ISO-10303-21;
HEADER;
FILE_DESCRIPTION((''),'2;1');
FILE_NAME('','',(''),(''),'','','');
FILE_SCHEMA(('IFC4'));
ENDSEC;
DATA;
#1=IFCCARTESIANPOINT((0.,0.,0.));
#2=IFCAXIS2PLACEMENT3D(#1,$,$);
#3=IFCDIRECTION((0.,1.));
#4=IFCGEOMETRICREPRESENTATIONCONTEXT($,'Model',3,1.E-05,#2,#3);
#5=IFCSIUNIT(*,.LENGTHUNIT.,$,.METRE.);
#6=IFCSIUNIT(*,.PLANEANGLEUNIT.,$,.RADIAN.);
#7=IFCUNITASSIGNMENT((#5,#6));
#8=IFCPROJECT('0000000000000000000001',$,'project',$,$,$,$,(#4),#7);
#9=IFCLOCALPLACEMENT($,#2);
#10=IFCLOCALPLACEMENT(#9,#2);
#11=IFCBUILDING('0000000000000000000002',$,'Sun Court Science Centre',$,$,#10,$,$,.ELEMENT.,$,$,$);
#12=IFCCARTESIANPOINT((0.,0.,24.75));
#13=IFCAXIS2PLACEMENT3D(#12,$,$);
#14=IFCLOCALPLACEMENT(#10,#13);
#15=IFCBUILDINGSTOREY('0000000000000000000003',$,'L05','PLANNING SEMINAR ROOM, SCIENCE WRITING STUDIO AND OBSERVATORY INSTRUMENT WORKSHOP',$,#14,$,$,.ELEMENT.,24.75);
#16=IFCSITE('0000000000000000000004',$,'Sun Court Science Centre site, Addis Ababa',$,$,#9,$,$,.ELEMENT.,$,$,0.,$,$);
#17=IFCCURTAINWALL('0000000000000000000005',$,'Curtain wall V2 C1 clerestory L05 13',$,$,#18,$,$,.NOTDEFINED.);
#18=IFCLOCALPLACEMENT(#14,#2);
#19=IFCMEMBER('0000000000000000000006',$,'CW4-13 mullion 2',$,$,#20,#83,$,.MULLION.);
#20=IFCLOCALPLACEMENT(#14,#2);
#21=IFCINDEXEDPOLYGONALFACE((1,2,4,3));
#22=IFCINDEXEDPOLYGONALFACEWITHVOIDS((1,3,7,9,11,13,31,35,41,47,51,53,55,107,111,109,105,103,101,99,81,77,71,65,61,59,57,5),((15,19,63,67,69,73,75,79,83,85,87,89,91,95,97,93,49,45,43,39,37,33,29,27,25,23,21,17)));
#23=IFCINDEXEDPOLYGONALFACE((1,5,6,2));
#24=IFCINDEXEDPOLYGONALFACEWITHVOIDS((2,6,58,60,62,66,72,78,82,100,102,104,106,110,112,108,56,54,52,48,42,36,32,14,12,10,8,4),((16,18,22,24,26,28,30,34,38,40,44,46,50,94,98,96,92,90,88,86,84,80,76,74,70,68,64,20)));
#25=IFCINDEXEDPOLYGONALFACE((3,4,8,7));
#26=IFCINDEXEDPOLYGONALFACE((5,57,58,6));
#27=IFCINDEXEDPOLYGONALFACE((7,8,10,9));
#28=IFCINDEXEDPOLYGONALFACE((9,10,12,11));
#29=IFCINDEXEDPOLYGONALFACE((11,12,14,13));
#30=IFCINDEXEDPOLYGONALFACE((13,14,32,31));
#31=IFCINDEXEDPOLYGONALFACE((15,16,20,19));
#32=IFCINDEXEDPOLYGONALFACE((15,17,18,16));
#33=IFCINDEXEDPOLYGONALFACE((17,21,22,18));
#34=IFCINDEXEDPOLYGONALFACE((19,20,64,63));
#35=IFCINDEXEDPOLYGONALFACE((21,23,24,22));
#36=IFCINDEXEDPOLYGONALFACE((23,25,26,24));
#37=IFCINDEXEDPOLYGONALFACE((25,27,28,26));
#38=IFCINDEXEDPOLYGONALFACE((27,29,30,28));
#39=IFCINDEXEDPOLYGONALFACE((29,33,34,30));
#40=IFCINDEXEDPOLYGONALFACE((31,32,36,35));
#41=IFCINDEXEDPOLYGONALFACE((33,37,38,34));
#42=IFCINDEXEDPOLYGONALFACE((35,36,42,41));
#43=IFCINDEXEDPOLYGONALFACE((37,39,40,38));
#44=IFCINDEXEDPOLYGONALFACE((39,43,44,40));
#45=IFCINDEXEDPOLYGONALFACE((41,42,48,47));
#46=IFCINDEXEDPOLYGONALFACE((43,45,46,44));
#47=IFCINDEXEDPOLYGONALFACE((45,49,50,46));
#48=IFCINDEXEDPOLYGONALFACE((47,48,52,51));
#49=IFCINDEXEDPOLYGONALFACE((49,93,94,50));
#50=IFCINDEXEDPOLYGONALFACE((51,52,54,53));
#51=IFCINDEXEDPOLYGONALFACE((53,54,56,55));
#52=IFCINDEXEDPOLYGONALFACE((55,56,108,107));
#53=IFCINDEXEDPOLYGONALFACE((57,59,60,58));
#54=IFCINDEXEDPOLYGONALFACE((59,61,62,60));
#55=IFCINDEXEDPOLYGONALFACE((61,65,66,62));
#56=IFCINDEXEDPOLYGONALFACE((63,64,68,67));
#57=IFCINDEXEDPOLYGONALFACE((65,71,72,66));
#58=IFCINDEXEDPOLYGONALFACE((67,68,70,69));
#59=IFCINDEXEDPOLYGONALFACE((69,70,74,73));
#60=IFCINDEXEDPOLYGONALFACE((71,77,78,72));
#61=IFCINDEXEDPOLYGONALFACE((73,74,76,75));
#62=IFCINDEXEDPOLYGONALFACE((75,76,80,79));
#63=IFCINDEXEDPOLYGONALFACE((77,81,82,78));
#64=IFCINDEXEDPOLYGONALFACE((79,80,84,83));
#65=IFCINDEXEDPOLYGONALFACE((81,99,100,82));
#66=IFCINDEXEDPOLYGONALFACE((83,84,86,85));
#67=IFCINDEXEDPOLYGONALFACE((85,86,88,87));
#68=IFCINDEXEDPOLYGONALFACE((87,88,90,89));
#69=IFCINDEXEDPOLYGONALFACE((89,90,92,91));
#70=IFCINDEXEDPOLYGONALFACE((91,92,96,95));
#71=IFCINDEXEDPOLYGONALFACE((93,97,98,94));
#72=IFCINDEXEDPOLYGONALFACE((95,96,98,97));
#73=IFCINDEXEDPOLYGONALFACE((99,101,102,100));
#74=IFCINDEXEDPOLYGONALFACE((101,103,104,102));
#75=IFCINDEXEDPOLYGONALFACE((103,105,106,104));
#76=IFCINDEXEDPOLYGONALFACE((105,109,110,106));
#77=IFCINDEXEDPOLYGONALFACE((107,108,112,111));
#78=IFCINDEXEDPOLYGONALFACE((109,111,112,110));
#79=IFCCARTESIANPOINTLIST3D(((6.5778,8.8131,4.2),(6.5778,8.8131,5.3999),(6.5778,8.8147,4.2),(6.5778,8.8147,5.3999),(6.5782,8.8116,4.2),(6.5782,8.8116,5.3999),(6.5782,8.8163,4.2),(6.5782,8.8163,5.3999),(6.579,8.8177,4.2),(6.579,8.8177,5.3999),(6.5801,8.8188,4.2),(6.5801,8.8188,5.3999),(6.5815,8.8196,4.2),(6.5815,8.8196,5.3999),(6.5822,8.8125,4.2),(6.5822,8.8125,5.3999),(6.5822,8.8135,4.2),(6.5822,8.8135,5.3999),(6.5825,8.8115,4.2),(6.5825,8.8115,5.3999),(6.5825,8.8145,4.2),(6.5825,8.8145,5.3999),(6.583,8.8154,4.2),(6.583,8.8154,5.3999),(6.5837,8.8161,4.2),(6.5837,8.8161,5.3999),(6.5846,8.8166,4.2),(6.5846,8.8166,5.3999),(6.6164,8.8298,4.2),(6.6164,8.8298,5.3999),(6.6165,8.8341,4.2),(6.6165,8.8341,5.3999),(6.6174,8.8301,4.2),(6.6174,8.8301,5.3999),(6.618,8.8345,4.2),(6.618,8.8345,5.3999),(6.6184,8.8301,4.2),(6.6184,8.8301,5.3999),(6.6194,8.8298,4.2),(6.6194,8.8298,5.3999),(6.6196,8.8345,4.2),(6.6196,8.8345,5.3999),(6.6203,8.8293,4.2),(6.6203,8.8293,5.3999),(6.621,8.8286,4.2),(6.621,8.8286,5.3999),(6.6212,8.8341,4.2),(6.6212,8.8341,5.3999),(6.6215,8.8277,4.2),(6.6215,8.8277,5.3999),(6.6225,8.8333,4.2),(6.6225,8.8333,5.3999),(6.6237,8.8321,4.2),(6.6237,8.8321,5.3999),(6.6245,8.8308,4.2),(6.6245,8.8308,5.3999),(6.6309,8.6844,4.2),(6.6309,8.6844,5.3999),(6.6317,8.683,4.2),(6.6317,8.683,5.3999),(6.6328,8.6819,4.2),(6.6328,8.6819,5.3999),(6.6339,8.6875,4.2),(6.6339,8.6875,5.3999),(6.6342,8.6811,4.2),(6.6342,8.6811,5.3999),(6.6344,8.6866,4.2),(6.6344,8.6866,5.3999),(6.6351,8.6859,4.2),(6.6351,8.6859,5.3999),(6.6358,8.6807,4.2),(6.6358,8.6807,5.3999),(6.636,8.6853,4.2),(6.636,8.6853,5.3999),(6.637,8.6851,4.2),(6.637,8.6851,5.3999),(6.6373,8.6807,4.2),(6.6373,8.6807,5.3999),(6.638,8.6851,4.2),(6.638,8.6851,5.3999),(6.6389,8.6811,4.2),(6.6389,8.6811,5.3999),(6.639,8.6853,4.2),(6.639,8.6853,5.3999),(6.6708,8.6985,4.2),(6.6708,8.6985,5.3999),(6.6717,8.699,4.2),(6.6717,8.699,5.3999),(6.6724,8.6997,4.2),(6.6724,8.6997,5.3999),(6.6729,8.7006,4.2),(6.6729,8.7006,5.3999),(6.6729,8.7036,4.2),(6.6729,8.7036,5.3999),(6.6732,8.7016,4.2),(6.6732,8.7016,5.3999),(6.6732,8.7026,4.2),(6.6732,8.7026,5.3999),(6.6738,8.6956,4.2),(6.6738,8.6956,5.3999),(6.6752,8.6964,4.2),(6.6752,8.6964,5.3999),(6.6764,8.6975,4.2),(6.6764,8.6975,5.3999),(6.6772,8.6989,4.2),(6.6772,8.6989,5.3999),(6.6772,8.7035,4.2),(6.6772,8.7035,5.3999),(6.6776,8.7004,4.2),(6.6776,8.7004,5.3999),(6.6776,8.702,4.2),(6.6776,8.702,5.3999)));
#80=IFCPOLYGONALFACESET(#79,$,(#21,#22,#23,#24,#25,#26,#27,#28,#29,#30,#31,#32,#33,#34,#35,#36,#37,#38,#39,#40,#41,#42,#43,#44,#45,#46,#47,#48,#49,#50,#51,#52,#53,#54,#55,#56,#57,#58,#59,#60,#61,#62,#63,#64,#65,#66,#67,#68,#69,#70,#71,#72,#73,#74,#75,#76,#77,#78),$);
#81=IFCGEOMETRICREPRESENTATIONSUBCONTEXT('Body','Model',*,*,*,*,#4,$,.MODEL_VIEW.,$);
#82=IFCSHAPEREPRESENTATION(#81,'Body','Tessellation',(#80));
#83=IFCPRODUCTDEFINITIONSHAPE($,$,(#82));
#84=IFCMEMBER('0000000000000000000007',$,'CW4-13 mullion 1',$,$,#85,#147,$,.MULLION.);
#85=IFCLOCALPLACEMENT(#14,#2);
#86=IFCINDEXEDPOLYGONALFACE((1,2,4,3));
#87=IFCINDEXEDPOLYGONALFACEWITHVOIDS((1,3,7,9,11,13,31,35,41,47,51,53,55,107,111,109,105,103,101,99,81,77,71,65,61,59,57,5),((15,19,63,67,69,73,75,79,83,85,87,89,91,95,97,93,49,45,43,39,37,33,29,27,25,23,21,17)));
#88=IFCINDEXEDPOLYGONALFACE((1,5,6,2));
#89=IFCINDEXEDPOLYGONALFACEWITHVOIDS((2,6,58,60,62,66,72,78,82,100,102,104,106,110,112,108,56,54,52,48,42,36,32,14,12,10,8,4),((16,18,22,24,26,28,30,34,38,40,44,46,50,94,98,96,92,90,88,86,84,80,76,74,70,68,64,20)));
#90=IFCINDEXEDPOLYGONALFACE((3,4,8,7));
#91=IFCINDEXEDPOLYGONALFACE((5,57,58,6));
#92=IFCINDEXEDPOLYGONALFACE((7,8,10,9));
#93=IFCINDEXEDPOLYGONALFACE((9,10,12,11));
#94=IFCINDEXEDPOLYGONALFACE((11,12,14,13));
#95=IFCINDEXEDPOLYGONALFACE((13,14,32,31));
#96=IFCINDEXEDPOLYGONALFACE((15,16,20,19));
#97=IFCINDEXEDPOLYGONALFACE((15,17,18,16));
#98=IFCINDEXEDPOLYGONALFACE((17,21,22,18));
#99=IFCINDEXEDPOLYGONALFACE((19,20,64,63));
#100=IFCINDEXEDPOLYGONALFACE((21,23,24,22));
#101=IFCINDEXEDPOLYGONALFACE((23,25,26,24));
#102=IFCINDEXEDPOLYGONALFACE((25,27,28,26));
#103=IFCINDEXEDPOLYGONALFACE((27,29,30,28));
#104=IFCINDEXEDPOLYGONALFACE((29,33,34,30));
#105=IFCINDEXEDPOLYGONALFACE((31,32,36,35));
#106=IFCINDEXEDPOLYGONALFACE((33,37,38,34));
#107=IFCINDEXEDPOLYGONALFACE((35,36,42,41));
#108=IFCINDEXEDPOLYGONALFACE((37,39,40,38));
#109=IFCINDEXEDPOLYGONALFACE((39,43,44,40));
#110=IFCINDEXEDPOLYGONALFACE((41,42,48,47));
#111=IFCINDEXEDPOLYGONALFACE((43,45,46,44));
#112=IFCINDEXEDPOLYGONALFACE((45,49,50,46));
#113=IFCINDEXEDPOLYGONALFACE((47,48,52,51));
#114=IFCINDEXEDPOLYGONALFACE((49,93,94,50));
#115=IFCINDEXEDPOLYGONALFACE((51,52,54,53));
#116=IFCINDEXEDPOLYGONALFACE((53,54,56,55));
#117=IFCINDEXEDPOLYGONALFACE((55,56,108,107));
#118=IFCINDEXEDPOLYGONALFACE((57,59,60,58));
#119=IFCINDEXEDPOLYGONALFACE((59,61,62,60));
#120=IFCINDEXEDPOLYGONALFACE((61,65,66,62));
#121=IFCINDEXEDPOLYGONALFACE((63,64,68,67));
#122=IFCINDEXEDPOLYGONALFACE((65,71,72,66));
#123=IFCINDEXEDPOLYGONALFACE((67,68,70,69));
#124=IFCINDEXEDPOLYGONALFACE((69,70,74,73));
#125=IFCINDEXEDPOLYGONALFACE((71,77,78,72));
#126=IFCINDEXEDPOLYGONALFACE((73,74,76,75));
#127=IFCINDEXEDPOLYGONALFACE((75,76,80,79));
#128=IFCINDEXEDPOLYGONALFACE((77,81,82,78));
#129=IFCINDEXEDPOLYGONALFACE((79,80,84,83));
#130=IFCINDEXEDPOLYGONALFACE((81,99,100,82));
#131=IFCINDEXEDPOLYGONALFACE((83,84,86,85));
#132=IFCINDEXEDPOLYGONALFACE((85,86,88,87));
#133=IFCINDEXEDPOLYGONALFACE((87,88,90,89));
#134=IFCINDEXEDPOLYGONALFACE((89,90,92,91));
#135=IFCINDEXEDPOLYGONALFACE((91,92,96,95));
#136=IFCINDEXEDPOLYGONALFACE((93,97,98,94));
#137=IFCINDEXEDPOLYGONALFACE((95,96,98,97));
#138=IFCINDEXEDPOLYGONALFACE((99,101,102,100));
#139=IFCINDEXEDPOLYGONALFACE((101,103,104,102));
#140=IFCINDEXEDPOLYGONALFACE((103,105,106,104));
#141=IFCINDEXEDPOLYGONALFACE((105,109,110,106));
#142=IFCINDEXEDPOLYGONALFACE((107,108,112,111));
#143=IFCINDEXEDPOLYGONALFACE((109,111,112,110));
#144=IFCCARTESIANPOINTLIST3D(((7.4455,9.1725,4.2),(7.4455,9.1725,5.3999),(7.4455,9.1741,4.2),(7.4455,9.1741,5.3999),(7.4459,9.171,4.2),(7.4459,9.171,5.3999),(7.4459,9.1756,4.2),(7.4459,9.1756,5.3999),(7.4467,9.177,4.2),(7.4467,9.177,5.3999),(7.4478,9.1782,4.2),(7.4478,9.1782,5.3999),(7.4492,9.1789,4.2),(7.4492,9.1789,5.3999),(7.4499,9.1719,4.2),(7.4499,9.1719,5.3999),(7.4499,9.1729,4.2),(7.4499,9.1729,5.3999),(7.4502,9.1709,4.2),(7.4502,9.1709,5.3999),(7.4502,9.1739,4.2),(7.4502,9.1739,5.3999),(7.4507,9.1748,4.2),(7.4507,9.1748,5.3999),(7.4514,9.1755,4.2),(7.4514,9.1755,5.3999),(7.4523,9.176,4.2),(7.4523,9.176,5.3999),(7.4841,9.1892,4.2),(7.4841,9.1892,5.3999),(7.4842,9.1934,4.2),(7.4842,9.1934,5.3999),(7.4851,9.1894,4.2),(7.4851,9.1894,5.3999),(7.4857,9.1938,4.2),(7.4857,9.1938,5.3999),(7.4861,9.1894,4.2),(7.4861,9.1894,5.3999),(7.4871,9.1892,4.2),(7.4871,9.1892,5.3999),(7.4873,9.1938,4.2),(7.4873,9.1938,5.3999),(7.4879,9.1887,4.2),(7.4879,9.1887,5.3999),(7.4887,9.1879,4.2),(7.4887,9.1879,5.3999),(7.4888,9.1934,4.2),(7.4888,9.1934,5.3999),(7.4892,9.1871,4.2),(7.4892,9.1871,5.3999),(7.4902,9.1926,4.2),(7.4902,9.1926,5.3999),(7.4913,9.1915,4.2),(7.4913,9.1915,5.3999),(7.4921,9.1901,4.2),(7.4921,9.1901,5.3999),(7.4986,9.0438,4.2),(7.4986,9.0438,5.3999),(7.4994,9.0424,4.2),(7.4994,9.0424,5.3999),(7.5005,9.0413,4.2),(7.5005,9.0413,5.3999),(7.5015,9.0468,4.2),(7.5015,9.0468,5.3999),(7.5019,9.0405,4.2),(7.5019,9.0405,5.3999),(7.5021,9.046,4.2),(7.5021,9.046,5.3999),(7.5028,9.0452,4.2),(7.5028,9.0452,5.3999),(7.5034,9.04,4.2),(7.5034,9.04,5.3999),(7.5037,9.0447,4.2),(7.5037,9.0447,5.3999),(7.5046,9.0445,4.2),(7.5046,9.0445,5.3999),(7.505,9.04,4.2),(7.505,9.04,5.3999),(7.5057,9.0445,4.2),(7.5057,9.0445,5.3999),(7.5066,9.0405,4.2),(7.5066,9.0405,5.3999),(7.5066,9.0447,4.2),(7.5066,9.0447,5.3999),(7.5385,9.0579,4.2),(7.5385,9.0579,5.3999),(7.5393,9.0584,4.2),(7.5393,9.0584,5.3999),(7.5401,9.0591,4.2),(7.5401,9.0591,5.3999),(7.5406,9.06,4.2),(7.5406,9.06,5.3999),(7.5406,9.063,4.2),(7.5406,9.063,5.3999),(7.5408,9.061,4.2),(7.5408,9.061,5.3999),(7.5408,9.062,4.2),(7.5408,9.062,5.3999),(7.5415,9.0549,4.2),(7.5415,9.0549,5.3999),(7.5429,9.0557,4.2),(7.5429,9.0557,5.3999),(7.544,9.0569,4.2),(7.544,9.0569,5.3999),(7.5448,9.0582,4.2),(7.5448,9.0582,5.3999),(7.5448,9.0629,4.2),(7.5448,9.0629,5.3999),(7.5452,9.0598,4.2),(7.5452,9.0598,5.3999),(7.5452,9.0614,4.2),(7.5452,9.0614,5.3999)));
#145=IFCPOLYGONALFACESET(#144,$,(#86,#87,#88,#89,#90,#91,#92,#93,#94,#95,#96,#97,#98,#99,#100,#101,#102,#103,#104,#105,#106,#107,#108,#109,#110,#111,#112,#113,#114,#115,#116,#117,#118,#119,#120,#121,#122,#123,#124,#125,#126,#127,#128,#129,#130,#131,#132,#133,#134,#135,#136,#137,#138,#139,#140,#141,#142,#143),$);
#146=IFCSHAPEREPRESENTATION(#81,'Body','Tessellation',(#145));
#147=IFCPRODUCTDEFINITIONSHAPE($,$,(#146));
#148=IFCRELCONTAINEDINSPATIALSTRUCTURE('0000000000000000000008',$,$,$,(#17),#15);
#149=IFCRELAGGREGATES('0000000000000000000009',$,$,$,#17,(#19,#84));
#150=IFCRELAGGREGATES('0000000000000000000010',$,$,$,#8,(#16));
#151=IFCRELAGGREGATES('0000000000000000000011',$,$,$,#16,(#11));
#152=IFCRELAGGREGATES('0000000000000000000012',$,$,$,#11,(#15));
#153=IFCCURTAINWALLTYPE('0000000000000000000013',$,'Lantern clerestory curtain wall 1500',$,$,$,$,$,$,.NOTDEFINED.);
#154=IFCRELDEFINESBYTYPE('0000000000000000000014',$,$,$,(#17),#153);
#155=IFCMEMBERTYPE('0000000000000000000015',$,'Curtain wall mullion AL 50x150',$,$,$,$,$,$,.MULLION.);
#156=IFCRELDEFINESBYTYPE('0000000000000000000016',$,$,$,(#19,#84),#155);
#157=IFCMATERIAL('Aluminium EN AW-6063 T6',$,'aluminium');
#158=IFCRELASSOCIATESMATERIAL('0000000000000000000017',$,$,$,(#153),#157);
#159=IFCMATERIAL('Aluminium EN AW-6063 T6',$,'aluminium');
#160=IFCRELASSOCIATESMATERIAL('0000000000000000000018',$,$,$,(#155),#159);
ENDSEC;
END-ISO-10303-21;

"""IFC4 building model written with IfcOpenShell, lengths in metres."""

from ifc_helpers import new_model, si_unit, direction, frame, origin, origin_2d, place, context, subcontext, project, spatial, hollow_rectangle, extrude, material, material_profile, profile_set, type_object, element, aggregate, save


model = new_model("IFC4")

# Units and contexts
model_context = context("Model", 3, precision=1e-05, world=origin(), true_north=direction((0.0, 1.0)))
body_context = subcontext(model_context, "Body", "Model", "MODEL_VIEW")
ifc_project = project(units=[si_unit("LENGTHUNIT", "METRE"), si_unit("PLANEANGLEUNIT", "RADIAN")], contexts=[model_context])

# Site, building, storey
site_placement = place(None, origin())
site = spatial("IfcSite", under=ifc_project, at=site_placement, Name="Sun Court Science Centre site, Addis Ababa", CompositionType="ELEMENT", RefElevation=0.0)
building_placement = place(site_placement, origin())
building = spatial("IfcBuilding", under=site, at=building_placement, Name="Sun Court Science Centre", CompositionType="ELEMENT")
storey_placement = place(building_placement, frame((0.0, 0.0, 24.75)))
storey = spatial("IfcBuildingStorey", under=building, at=storey_placement, Name="L05", Description="PLANNING SEMINAR ROOM, SCIENCE WRITING STUDIO AND OBSERVATORY INSTRUMENT WORKSHOP", CompositionType="ELEMENT", Elevation=24.75)

# Curtain wall, members
ifc_material_1 = material(Name="Aluminium EN AW-6063 T6", Category="aluminium")
curtain_wall_type = type_object("IfcCurtainWallType", Name="Lantern clerestory curtain wall 1500", PredefinedType="NOTDEFINED", material=ifc_material_1)
ifc_material_2 = material(Name="Aluminium EN AW-6063 T6", Category="aluminium")
ifc_material_profile_1 = material_profile(ifc_material_2, hollow_rectangle(XDim=0.05, YDim=0.1499, WallThickness=0.0039, InnerFilletRadius=0.0039, OuterFilletRadius=0.0061, at=origin_2d()), Name="AL 50x150x4")
ifc_profile_set_1 = profile_set([ifc_material_profile_1], Name="Aluminium EN AW-6063 T6")
member_type_1 = type_object("IfcMemberType", Name="Curtain wall mullion AL 50x150", PredefinedType="MULLION", material=ifc_profile_set_1)
curtain_wall_1_placement = place(storey_placement, origin())
curtain_wall_1 = element("IfcCurtainWall", 1, at=curtain_wall_1_placement, inside=storey, type_object=curtain_wall_type, Name="Curtain wall V2 C1 clerestory L05 13", PredefinedType="NOTDEFINED")
member_1_placement = place(storey_placement, frame((6.6277, 8.7576, 4.2), z_axis=(0.0, 0.0, 1.0), x_axis=(-0.92388, -0.382683, 0.0)))
member_1 = element("IfcMember", 2, at=member_1_placement, type_object=member_type_1, Name="CW4-13 mullion 2", PredefinedType="MULLION", context=body_context, shape_type="SweptSolid", body=[
    extrude(hollow_rectangle(XDim=0.05, YDim=0.1499, WallThickness=0.0039, InnerFilletRadius=0.0039, OuterFilletRadius=0.0061, at=origin_2d()), origin(), (0.0, 0.0, 1.0), 1.2),
])
member_2_placement = place(storey_placement, frame((7.4954, 9.1169, 4.2), z_axis=(0.0, 0.0, 1.0), x_axis=(-0.92388, -0.382683, 0.0)))
member_2 = element("IfcMember", 3, at=member_2_placement, type_object=member_type_1, Name="CW4-13 mullion 1", PredefinedType="MULLION", context=body_context, shape_type="SweptSolid", body=[
    extrude(hollow_rectangle(XDim=0.05, YDim=0.1499, WallThickness=0.0039, InnerFilletRadius=0.0039, OuterFilletRadius=0.0061, at=origin_2d()), origin(), (0.0, 0.0, 1.0), 1.2),
])

aggregate(curtain_wall_1, [member_1, member_2])

save(model, "model.ifc")
